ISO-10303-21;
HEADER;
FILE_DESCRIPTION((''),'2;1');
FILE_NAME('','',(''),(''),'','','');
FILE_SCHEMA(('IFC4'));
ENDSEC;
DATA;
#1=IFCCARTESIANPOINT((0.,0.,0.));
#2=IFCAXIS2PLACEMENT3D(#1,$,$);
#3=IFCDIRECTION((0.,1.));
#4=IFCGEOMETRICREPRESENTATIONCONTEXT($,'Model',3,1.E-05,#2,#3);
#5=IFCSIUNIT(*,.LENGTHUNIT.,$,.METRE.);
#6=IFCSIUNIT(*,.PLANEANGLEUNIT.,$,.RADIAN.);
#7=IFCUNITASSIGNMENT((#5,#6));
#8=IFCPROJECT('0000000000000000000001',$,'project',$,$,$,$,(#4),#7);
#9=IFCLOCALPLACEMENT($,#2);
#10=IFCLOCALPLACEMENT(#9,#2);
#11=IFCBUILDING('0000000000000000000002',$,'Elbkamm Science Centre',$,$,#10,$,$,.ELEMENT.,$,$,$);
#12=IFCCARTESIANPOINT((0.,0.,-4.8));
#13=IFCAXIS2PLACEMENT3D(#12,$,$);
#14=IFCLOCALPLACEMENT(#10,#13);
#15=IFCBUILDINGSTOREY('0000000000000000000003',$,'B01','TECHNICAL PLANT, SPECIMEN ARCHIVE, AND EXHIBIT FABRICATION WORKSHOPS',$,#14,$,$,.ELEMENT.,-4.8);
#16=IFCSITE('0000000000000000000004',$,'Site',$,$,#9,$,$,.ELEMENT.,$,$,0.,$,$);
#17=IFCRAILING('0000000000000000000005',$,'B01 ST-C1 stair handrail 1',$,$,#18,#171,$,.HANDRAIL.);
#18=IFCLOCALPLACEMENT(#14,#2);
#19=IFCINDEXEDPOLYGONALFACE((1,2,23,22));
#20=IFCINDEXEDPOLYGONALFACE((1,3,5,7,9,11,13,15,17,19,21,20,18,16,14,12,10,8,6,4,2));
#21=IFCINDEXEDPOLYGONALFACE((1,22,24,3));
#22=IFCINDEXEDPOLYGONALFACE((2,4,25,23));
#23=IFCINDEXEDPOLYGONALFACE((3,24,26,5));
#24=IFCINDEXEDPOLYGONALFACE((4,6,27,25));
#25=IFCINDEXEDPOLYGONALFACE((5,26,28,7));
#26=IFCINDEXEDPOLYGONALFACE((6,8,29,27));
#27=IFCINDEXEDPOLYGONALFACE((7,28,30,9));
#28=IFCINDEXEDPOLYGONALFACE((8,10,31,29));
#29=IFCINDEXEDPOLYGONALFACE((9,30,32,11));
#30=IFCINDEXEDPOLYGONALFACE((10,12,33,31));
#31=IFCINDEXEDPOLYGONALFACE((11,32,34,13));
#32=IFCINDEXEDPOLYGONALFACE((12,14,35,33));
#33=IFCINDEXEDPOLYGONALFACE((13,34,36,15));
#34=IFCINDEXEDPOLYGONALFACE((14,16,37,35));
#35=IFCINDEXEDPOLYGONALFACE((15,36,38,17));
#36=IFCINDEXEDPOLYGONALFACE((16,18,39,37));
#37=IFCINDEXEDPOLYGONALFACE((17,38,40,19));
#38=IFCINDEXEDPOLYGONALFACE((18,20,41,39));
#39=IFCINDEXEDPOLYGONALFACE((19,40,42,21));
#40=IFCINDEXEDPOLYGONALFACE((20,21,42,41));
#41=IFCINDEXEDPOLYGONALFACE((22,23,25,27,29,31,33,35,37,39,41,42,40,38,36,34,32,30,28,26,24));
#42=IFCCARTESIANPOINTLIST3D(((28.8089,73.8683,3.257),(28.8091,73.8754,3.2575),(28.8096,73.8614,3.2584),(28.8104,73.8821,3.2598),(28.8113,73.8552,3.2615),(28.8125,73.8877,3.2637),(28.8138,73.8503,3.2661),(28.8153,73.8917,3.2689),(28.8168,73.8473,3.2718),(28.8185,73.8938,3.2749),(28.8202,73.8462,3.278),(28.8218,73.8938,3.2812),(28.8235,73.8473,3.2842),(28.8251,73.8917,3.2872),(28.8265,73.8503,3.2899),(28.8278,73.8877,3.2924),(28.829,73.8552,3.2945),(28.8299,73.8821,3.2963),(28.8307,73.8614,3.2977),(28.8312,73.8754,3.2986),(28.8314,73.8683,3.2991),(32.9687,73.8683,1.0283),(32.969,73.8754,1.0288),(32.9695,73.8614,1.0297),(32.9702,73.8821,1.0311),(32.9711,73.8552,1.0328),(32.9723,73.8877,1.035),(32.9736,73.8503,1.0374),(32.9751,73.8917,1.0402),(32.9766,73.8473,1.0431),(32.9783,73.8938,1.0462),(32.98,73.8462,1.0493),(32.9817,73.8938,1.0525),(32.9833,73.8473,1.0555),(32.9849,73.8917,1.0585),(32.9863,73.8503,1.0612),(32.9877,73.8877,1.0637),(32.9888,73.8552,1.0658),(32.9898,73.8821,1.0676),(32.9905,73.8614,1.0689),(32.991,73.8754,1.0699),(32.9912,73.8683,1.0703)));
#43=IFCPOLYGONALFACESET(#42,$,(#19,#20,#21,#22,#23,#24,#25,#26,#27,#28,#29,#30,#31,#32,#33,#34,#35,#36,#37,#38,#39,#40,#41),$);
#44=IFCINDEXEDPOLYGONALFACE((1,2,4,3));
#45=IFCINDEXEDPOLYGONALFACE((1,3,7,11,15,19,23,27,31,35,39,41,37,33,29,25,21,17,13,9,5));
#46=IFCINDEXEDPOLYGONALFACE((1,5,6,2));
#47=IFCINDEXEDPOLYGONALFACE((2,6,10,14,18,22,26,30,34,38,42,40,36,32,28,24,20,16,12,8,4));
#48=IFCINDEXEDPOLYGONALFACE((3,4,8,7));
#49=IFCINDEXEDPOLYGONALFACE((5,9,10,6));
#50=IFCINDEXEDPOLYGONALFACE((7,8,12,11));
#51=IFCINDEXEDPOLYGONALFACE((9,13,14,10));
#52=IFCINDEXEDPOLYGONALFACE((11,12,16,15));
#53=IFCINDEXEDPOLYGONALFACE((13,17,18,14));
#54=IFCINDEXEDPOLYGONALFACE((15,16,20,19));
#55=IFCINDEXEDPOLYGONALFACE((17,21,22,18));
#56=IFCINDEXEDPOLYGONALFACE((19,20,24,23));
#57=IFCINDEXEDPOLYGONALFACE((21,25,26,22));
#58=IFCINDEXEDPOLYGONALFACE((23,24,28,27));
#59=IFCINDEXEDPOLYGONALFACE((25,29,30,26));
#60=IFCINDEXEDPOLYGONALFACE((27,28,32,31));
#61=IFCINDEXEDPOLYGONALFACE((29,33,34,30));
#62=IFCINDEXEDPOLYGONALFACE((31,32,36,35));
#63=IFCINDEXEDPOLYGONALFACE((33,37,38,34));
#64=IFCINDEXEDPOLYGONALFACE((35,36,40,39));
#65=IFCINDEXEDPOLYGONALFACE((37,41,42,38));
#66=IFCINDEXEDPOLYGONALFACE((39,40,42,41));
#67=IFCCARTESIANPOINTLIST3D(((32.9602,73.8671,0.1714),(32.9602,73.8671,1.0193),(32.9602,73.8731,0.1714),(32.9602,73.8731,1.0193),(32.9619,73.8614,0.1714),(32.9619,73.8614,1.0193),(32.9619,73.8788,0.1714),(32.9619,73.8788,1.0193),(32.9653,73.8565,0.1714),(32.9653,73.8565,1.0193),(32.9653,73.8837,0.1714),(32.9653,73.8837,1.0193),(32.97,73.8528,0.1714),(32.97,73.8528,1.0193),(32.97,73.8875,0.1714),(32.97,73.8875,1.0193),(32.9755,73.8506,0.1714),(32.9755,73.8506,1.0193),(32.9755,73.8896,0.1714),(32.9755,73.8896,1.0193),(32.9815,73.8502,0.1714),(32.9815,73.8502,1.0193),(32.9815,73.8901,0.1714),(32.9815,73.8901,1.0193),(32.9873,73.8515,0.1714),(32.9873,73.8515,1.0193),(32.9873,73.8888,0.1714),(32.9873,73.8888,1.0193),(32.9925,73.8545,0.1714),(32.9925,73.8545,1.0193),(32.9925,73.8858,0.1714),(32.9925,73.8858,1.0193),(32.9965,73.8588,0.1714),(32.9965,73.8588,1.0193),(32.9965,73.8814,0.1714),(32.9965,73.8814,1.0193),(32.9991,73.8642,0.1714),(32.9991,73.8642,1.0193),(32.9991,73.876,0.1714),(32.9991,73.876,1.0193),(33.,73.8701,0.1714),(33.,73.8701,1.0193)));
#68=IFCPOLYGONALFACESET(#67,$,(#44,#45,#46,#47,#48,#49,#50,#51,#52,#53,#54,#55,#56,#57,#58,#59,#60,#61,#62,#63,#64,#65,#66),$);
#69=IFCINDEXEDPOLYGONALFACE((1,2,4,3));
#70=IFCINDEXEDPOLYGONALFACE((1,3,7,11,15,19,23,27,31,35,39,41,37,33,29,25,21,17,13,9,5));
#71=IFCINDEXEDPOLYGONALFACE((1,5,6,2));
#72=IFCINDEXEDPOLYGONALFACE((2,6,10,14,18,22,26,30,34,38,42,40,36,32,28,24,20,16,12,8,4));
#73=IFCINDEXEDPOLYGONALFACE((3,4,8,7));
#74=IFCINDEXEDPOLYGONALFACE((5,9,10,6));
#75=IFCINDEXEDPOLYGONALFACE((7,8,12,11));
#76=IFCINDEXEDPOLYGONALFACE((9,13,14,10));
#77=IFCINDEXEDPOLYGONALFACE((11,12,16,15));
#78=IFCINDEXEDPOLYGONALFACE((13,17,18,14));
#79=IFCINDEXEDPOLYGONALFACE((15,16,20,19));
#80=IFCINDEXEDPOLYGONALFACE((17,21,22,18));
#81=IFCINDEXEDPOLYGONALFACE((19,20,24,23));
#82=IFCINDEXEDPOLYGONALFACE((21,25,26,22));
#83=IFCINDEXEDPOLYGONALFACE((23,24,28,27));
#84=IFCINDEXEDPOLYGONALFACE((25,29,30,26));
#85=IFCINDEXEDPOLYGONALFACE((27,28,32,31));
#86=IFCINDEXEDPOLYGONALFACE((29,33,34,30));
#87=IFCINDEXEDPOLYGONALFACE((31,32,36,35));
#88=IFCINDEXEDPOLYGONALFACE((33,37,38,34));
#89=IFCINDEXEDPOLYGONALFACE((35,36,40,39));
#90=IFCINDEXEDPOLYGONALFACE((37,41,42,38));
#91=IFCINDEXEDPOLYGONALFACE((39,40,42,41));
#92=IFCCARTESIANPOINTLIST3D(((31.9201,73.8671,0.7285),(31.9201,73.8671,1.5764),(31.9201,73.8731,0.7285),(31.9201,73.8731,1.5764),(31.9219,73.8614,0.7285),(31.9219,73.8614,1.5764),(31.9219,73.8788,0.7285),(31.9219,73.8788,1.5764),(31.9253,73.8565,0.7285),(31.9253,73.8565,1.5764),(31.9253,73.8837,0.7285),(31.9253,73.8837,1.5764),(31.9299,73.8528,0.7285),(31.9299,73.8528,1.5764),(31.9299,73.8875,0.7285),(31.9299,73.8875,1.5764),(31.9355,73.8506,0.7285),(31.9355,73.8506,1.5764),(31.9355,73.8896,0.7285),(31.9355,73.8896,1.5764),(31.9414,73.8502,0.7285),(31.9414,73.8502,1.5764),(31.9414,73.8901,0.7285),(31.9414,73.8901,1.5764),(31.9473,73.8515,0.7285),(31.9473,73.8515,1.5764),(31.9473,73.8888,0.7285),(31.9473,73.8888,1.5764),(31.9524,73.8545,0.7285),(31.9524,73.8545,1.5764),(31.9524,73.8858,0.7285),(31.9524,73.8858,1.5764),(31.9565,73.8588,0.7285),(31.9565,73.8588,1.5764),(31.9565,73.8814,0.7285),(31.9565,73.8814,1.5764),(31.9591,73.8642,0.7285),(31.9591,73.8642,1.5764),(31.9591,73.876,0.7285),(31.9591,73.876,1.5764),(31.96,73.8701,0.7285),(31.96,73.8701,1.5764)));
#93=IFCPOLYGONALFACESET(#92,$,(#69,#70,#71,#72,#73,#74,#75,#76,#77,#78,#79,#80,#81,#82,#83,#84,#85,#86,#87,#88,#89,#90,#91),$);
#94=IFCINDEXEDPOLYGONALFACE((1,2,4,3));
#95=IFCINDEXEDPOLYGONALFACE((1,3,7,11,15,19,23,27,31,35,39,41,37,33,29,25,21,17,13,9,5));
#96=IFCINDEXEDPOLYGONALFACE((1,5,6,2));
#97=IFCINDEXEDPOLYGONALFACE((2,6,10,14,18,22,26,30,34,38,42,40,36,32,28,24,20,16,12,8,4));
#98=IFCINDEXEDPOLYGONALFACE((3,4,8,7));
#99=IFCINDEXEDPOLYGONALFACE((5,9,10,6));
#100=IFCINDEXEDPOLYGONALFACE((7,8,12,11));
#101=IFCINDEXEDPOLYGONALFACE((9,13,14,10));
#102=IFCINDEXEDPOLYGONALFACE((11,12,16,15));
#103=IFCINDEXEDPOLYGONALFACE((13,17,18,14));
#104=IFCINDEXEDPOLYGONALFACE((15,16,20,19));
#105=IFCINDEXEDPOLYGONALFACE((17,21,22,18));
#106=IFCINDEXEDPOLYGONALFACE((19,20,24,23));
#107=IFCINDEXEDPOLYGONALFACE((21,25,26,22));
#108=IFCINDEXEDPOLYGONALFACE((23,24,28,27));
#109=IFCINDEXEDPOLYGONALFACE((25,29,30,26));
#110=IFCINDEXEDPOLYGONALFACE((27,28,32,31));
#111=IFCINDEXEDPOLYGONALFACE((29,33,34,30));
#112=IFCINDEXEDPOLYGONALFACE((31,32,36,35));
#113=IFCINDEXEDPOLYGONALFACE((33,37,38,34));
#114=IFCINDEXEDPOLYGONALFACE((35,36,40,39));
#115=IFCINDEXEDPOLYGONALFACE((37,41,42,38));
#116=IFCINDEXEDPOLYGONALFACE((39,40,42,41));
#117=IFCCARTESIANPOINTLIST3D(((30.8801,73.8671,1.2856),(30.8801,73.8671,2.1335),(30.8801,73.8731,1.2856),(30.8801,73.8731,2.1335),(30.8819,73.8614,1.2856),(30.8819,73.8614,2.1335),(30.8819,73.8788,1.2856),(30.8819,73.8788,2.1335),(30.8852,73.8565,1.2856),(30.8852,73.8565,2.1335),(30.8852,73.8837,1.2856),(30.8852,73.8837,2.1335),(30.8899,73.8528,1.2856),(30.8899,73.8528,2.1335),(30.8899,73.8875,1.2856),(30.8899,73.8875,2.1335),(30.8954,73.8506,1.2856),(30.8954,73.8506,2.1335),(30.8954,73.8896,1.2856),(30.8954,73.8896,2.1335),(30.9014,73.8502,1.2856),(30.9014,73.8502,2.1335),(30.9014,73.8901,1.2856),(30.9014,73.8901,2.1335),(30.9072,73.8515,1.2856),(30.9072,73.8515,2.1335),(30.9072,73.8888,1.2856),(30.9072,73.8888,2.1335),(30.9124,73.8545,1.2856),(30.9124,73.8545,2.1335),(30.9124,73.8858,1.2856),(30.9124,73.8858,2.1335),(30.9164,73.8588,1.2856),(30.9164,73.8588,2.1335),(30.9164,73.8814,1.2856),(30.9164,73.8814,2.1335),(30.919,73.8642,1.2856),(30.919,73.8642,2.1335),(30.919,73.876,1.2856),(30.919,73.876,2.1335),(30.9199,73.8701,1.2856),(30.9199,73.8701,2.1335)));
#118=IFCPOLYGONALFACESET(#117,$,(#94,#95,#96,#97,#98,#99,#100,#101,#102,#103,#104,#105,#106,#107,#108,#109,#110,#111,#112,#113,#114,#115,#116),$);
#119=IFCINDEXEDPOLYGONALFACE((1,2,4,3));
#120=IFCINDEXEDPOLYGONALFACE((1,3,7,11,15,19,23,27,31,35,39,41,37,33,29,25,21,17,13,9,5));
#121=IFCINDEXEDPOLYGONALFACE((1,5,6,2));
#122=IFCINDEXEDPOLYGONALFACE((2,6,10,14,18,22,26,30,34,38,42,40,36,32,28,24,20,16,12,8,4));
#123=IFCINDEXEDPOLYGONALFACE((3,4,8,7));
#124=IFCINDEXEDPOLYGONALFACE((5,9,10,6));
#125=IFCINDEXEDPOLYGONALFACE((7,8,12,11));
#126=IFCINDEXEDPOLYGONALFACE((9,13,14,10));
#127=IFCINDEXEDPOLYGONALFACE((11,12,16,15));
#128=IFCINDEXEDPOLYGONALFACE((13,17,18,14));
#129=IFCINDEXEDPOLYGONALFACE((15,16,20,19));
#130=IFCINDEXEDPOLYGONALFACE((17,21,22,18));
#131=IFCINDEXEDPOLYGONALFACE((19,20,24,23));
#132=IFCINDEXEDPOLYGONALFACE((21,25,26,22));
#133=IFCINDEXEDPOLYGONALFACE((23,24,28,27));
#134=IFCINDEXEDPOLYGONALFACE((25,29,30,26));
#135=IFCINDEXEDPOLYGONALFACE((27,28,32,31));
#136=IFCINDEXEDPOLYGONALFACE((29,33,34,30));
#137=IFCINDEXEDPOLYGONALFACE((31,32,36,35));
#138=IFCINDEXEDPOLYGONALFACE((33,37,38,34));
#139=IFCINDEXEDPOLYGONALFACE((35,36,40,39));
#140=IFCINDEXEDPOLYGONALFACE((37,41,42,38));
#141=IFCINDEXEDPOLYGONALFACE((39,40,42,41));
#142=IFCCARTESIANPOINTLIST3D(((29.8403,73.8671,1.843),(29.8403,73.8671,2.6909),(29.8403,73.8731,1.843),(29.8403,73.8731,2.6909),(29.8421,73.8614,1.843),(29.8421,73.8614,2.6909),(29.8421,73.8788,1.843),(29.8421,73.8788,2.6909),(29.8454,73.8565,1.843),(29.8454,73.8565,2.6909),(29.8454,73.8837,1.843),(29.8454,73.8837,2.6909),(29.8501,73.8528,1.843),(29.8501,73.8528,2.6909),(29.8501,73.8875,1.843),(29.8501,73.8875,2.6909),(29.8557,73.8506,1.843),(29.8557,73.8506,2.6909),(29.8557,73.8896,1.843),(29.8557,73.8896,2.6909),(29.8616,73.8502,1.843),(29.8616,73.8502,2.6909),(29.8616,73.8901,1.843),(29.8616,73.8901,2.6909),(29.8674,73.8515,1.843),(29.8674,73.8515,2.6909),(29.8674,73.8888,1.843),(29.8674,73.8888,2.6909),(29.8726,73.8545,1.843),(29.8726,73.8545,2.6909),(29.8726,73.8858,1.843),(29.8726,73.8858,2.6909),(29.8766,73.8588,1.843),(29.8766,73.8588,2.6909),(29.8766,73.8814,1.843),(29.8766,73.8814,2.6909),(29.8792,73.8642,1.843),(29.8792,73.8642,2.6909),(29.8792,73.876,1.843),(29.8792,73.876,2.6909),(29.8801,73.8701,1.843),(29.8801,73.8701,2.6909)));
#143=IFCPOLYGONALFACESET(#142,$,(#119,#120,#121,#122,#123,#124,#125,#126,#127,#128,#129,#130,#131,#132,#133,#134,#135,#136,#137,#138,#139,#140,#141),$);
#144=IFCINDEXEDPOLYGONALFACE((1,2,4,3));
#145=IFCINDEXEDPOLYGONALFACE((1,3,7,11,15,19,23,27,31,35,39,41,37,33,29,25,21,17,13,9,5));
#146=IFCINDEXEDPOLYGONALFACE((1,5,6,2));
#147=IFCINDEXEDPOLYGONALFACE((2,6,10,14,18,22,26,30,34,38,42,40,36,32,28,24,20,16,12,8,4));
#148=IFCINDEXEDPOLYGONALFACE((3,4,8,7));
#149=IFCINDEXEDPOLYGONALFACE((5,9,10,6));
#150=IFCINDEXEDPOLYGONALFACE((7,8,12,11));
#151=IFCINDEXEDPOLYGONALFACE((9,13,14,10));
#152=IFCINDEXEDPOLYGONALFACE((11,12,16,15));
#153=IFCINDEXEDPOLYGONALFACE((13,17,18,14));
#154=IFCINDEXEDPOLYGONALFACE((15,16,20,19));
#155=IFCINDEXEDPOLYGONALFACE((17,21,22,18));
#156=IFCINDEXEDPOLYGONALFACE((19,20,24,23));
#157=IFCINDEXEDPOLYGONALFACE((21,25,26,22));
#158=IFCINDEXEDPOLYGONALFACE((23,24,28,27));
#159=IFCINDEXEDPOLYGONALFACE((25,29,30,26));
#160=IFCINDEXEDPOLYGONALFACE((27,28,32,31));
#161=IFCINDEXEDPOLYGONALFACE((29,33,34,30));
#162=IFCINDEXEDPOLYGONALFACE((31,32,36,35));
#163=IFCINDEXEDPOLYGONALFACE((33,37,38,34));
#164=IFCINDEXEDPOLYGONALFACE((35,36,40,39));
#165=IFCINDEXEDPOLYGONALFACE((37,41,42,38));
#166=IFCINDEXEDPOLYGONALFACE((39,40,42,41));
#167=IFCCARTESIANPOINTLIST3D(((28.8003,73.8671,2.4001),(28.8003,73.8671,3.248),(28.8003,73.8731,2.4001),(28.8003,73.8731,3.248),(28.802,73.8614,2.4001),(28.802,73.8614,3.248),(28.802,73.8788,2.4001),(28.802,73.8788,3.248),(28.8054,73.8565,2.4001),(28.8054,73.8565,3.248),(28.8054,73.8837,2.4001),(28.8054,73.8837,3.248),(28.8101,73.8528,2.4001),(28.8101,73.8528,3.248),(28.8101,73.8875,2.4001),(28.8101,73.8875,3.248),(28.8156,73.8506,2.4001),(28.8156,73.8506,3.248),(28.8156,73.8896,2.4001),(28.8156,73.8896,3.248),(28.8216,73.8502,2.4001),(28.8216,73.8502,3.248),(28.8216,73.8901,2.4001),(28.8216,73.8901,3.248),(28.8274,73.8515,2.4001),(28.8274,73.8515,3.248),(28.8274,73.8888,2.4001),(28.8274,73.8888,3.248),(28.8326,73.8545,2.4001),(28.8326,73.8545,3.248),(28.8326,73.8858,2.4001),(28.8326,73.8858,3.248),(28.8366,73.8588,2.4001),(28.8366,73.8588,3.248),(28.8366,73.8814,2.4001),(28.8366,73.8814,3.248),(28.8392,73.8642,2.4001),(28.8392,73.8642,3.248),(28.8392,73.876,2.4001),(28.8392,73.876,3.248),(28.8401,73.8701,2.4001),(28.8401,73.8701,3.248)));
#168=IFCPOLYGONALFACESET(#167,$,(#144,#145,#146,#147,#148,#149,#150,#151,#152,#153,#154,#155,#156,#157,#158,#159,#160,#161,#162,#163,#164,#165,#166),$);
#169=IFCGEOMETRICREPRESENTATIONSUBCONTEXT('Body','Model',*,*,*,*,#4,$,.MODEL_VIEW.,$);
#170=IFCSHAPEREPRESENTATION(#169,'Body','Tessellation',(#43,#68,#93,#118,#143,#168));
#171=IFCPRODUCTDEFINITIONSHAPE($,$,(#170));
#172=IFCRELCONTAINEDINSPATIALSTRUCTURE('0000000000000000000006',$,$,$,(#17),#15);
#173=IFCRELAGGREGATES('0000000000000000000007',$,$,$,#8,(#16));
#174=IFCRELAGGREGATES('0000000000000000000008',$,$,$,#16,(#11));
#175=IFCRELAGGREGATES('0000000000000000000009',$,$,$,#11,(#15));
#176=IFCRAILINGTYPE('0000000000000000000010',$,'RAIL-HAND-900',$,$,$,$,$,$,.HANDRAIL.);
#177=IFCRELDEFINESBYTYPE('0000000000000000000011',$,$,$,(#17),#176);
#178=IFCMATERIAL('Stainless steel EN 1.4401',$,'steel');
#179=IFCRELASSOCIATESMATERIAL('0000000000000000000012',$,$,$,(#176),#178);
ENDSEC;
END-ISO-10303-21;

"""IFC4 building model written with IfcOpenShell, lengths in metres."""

from ifc_helpers import new_model, si_unit, direction, frame, origin, origin_2d, place, context, subcontext, project, spatial, circle, extrude, material, type_object, element, save


model = new_model("IFC4")

# Units and contexts
model_context = context("Model", 3, precision=1e-05, world=origin(), true_north=direction((0.0, 1.0)))
body_context = subcontext(model_context, "Body", "Model", "MODEL_VIEW")
ifc_project = project(units=[si_unit("LENGTHUNIT", "METRE"), si_unit("PLANEANGLEUNIT", "RADIAN")], contexts=[model_context])

# Site, building, storey
site_placement = place(None, origin())
site = spatial("IfcSite", under=ifc_project, at=site_placement, Name="Site", CompositionType="ELEMENT", RefElevation=0.0)
building_placement = place(site_placement, origin())
building = spatial("IfcBuilding", under=site, at=building_placement, Name="Elbkamm Science Centre", CompositionType="ELEMENT")
storey_placement = place(building_placement, frame((0.0, 0.0, -4.8)))
storey = spatial("IfcBuildingStorey", under=building, at=storey_placement, Name="B01", Description="TECHNICAL PLANT, SPECIMEN ARCHIVE, AND EXHIBIT FABRICATION WORKSHOPS", CompositionType="ELEMENT", Elevation=-4.8)

# Railing
ifc_material_1 = material(Name="Stainless steel EN 1.4401", Category="steel")
railing_type_1 = type_object("IfcRailingType", Name="RAIL-HAND-900", PredefinedType="HANDRAIL", material=ifc_material_1)
railing_1_placement = place(storey_placement, frame((32.98, 73.8701, 0.1714)))
element("IfcRailing", 1, at=railing_1_placement, inside=storey, type_object=railing_type_1, Name="B01 ST-C1 stair handrail 1", PredefinedType="HANDRAIL", context=body_context, shape_type="SweptSolid", body=[
    extrude(circle(Radius=0.0239, at=origin_2d()), frame((0.0, 0.0, 0.8779), z_axis=(-0.881459, 0.0, 0.47226), x_axis=(0.0, -1.0, 0.0)), (0.0, 0.0, 1.0), 4.7192),
    extrude(circle(Radius=0.02, at=origin_2d()), origin(), (0.0, 0.0, 1.0), 0.8479),
    extrude(circle(Radius=0.02, at=origin_2d()), frame((-1.04, 0.0, 0.5571)), (0.0, 0.0, 1.0), 0.8479),
    extrude(circle(Radius=0.02, at=origin_2d()), frame((-2.0801, 0.0, 1.1143)), (0.0, 0.0, 1.0), 0.8479),
    extrude(circle(Radius=0.02, at=origin_2d()), frame((-3.1199, 0.0, 1.6716)), (0.0, 0.0, 1.0), 0.8479),
    extrude(circle(Radius=0.02, at=origin_2d()), frame((-4.1599, 0.0, 2.2288)), (0.0, 0.0, 1.0), 0.8479),
])

save(model, "model.ifc")
